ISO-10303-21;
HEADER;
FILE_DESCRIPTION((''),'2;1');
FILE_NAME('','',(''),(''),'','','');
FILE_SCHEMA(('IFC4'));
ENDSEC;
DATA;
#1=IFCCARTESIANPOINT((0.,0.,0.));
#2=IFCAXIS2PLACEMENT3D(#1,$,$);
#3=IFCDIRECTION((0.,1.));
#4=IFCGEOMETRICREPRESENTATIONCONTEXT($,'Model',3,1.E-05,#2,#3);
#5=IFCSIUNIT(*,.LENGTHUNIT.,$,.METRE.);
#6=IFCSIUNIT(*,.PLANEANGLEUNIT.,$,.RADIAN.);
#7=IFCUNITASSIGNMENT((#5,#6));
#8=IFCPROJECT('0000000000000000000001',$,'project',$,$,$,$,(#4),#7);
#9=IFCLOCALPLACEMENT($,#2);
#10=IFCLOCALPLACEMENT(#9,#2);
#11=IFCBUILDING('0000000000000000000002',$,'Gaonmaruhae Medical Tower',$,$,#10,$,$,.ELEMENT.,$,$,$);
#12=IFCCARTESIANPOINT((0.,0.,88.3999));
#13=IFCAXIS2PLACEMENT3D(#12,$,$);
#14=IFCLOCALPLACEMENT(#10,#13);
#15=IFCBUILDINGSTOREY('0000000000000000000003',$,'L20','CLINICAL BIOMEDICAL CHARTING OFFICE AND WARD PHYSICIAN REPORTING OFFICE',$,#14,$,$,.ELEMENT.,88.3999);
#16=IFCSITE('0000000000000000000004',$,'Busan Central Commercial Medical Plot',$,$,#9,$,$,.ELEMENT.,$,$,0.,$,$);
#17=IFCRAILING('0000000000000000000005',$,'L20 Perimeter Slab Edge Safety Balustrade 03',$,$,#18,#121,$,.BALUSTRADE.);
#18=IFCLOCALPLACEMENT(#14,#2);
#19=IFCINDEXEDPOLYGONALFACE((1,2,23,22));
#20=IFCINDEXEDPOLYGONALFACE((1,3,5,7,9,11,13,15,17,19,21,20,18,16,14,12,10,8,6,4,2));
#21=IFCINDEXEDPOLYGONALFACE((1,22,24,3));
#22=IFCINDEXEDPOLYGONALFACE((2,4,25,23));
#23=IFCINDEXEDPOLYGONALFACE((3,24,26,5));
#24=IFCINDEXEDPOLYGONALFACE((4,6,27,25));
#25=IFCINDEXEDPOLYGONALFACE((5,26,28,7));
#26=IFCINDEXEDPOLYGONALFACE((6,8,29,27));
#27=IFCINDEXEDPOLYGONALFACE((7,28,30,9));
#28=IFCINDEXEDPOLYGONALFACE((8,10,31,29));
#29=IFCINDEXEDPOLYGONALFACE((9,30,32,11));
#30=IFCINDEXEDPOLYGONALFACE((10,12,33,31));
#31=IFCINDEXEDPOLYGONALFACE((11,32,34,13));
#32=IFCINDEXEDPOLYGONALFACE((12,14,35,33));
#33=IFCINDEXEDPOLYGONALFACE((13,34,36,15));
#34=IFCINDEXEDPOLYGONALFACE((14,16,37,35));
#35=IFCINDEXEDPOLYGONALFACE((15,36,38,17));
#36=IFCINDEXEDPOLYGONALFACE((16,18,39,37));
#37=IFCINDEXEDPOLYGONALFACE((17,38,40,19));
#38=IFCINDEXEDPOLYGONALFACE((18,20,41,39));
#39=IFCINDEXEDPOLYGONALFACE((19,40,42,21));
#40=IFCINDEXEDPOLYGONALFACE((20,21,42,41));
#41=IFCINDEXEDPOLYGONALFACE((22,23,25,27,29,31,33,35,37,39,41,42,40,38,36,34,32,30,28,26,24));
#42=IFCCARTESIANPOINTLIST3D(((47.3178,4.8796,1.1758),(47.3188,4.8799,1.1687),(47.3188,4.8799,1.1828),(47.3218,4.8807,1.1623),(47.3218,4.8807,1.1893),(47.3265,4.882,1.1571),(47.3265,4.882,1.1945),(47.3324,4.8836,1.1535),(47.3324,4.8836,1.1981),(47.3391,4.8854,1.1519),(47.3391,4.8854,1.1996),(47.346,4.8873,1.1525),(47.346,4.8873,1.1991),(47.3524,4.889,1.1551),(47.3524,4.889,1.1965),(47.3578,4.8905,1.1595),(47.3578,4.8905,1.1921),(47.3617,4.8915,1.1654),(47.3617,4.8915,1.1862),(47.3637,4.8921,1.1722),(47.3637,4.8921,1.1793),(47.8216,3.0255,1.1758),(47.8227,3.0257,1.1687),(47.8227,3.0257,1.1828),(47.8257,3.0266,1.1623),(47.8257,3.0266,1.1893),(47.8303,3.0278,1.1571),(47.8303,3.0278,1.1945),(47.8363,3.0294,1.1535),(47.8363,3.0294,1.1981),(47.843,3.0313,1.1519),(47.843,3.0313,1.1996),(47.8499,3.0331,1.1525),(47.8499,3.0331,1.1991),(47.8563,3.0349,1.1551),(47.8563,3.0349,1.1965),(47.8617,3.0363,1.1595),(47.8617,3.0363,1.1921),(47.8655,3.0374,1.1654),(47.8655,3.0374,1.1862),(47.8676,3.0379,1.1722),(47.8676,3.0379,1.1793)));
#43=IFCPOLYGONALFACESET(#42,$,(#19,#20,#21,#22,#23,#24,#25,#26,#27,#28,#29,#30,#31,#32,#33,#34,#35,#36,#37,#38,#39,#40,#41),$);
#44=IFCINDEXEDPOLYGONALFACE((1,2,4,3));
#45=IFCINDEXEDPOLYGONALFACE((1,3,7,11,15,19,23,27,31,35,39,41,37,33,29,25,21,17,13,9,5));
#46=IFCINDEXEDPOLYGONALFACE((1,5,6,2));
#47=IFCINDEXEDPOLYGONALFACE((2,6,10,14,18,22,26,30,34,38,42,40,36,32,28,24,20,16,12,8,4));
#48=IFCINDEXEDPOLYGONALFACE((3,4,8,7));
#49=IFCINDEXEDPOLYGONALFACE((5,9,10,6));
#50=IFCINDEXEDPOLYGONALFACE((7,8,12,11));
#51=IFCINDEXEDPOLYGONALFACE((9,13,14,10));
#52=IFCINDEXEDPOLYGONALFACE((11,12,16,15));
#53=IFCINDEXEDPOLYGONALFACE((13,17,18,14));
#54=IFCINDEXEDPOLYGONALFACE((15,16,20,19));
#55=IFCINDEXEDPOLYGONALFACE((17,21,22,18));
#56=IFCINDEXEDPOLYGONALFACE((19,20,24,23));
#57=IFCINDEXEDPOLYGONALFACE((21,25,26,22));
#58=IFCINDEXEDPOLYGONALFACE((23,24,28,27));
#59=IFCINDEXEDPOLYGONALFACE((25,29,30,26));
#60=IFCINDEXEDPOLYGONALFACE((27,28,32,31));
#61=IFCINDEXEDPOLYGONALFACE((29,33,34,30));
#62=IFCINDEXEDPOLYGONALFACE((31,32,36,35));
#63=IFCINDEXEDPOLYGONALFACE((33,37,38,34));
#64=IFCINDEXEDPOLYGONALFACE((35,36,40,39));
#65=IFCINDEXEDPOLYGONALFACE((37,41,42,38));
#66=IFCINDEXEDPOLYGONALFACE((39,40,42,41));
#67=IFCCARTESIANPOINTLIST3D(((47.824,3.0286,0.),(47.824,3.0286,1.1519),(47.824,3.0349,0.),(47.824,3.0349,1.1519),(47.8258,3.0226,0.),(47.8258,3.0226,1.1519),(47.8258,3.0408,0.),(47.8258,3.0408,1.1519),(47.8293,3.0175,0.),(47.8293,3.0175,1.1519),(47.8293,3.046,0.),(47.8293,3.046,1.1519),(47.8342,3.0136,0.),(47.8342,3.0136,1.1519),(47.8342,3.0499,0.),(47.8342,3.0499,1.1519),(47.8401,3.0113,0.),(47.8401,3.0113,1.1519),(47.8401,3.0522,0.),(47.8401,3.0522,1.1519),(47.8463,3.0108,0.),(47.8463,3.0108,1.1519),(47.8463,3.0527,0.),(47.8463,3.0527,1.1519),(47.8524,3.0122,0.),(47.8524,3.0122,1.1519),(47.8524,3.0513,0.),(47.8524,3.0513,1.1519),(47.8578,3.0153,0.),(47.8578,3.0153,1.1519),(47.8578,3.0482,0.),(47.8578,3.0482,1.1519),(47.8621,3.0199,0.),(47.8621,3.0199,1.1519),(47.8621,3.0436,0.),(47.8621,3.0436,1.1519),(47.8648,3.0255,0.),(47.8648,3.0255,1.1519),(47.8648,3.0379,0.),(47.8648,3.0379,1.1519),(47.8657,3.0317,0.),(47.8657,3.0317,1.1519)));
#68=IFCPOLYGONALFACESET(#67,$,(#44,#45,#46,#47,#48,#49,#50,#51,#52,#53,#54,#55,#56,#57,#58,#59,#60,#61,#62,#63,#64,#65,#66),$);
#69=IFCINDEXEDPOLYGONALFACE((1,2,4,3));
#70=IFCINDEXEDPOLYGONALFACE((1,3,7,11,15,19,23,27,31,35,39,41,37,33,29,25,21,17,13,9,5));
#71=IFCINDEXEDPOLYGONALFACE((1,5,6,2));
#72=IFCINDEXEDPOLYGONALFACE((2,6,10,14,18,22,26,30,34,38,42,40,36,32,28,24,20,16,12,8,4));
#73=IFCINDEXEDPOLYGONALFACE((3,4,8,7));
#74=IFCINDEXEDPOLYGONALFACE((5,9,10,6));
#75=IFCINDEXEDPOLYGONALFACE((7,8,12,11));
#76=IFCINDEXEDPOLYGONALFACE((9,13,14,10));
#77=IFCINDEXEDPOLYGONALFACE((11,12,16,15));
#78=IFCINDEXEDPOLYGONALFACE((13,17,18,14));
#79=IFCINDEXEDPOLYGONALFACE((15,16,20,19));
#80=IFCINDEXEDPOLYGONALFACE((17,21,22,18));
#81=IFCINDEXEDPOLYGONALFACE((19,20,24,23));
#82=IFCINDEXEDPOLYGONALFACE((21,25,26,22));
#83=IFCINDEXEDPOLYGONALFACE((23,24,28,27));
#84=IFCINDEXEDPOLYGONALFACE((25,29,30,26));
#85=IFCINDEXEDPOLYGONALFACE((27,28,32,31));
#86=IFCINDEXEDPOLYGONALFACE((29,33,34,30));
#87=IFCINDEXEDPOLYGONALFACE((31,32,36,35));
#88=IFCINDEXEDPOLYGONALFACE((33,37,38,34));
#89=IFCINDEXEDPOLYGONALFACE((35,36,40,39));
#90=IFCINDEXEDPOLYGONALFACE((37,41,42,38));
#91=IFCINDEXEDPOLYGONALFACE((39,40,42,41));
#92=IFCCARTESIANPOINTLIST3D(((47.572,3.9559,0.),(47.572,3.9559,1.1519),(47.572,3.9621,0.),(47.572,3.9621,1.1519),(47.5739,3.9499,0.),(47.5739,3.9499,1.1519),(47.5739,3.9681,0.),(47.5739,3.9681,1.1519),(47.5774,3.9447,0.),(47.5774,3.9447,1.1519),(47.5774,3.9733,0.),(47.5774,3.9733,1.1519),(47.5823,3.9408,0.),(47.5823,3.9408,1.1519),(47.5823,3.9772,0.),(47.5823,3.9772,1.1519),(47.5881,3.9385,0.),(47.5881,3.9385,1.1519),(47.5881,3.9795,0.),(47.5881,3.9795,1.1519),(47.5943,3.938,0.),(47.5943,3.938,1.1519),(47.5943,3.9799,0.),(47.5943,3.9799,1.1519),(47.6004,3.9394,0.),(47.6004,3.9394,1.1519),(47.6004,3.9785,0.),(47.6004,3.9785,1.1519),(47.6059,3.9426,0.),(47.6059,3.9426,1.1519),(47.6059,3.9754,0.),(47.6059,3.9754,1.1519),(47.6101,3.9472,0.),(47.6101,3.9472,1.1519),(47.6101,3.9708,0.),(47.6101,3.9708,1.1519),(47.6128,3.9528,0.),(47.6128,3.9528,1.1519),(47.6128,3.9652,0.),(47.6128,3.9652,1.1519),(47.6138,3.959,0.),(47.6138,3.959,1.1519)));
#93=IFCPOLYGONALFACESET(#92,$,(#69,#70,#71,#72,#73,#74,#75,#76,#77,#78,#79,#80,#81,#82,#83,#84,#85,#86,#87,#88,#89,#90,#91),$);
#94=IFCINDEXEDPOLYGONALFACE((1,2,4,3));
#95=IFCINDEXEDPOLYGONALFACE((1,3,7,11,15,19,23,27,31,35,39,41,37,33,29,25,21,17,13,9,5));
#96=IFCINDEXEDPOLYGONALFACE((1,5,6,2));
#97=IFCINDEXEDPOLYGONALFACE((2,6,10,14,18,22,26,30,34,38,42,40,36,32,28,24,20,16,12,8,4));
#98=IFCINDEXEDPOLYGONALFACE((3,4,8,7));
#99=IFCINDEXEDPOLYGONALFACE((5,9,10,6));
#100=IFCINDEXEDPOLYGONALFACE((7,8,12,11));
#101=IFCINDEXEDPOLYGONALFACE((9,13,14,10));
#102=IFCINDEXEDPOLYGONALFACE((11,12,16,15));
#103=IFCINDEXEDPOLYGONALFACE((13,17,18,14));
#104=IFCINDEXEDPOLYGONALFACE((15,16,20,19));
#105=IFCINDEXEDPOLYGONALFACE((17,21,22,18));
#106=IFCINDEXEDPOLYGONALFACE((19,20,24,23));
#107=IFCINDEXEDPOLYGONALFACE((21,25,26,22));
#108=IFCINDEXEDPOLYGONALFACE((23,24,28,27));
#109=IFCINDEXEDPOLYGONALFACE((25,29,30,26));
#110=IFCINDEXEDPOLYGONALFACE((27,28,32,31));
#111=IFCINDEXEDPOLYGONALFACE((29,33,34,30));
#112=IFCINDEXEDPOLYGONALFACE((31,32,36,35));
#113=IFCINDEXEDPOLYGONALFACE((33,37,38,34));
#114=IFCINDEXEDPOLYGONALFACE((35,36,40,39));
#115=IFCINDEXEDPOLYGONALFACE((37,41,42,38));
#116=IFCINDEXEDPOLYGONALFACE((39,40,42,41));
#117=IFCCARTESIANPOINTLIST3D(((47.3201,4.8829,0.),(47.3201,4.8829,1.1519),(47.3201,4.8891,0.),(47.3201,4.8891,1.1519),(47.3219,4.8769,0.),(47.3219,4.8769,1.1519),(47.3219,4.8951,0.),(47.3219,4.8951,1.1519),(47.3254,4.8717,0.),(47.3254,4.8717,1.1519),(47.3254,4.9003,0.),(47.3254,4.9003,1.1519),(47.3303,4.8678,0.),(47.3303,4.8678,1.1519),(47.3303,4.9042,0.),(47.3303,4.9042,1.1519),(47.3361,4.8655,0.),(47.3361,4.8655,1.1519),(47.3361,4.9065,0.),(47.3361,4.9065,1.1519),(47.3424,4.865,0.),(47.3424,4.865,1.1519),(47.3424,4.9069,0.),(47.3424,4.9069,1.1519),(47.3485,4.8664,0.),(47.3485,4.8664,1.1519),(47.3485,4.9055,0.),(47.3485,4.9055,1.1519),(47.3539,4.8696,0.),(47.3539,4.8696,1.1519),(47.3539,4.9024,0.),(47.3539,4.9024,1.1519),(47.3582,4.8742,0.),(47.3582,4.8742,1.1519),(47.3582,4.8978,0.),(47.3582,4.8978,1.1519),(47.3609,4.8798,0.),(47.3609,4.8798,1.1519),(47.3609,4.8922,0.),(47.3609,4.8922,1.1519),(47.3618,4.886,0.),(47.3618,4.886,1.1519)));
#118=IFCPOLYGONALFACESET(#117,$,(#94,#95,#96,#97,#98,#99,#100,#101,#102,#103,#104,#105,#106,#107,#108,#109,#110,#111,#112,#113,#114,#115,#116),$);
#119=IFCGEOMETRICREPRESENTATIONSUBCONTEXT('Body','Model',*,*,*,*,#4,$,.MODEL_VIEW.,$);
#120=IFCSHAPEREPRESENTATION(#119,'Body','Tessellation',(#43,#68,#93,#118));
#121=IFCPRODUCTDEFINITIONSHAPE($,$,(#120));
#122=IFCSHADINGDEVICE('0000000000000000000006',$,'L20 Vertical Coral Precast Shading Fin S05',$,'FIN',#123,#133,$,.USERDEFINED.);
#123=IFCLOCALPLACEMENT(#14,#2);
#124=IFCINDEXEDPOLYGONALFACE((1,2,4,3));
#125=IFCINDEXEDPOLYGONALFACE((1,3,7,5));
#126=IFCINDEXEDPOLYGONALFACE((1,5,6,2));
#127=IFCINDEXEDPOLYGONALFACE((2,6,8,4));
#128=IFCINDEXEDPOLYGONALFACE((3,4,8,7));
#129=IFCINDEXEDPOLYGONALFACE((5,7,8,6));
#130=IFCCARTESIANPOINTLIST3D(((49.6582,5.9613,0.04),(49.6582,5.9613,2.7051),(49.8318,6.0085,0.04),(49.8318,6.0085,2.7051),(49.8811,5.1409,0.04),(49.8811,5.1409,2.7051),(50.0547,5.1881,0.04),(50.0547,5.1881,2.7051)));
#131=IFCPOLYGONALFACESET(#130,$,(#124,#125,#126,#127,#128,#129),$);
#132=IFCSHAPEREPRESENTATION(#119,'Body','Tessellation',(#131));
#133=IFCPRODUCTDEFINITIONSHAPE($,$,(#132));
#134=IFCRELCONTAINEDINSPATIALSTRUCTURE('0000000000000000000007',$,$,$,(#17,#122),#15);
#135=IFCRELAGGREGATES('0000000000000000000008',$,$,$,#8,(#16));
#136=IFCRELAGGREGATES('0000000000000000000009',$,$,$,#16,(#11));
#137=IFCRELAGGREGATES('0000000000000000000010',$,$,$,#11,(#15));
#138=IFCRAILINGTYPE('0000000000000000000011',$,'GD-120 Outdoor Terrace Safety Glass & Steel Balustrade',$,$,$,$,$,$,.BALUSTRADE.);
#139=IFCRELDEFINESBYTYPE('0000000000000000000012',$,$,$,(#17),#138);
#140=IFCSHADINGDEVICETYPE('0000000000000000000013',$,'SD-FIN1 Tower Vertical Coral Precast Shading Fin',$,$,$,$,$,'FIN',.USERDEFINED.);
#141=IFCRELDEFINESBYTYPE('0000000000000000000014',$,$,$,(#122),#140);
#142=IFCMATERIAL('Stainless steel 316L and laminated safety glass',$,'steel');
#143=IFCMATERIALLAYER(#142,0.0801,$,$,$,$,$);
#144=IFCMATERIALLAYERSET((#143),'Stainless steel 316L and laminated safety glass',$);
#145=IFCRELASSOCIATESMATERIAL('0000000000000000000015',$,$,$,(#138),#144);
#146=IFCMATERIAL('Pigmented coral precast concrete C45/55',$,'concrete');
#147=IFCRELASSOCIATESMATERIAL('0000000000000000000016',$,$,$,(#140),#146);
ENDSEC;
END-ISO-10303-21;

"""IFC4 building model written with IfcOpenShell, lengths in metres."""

from ifc_helpers import new_model, si_unit, direction, frame, origin, origin_2d, place, context, subcontext, project, spatial, rectangle, circle, extrude, material, layer, layer_set, type_object, element, save


model = new_model("IFC4")

# Units and contexts
model_context = context("Model", 3, precision=1e-05, world=origin(), true_north=direction((0.0, 1.0)))
body_context = subcontext(model_context, "Body", "Model", "MODEL_VIEW")
ifc_project = project(units=[si_unit("LENGTHUNIT", "METRE"), si_unit("PLANEANGLEUNIT", "RADIAN")], contexts=[model_context])

# Site, building, storey
site_placement = place(None, origin())
site = spatial("IfcSite", under=ifc_project, at=site_placement, Name="Busan Central Commercial Medical Plot", CompositionType="ELEMENT", RefElevation=0.0)
building_placement = place(site_placement, origin())
building = spatial("IfcBuilding", under=site, at=building_placement, Name="Gaonmaruhae Medical Tower", CompositionType="ELEMENT")
storey_placement = place(building_placement, frame((0.0, 0.0, 88.3999)))
storey = spatial("IfcBuildingStorey", under=building, at=storey_placement, Name="L20", Description="CLINICAL BIOMEDICAL CHARTING OFFICE AND WARD PHYSICIAN REPORTING OFFICE", CompositionType="ELEMENT", Elevation=88.3999)

# Railing
ifc_material_1 = material(Name="Stainless steel 316L and laminated safety glass", Category="steel")
ifc_layer_1 = layer(ifc_material_1, 0.0801)
ifc_layer_set_1 = layer_set([ifc_layer_1], Name="Stainless steel 316L and laminated safety glass")
railing_type_1 = type_object("IfcRailingType", Name="GD-120 Outdoor Terrace Safety Glass & Steel Balustrade", PredefinedType="BALUSTRADE", material=ifc_layer_set_1)
railing_1_placement = place(storey_placement, frame((47.8447, 3.0317, 0.0)))
element("IfcRailing", 1, at=railing_1_placement, inside=storey, type_object=railing_type_1, Name="L20 Perimeter Slab Edge Safety Balustrade 03", PredefinedType="BALUSTRADE", context=body_context, shape_type="SweptSolid", body=[
    extrude(circle(Radius=0.0239, at=origin_2d()), frame((0.0, 0.0, 1.1758), z_axis=(-0.262246, 0.965001, 0.0), x_axis=(-0.965001, -0.262246, 0.0)), (0.0, 0.0, 1.0), 1.9214),
    extrude(circle(Radius=0.021, at=origin_2d()), origin(), (0.0, 0.0, 1.0), 1.1519),
    extrude(circle(Radius=0.021, at=origin_2d()), frame((-0.252, 0.9272, 0.0)), (0.0, 0.0, 1.0), 1.1519),
    extrude(circle(Radius=0.021, at=origin_2d()), frame((-0.5039, 1.8542, 0.0)), (0.0, 0.0, 1.0), 1.1519),
])

# Shading device
ifc_material_2 = material(Name="Pigmented coral precast concrete C45/55", Category="concrete")
shading_device_type = type_object("IfcShadingDeviceType", Name="SD-FIN1 Tower Vertical Coral Precast Shading Fin", ElementType="FIN", PredefinedType="USERDEFINED", material=ifc_material_2)
shading_device_placement = place(storey_placement, frame((49.8564, 5.5747, 0.04), z_axis=(0.0, 0.0, 1.0), x_axis=(-0.965012, -0.262206, 0.0)))
element("IfcShadingDevice", 2, at=shading_device_placement, inside=storey, type_object=shading_device_type, Name="L20 Vertical Coral Precast Shading Fin S05", ObjectType="FIN", PredefinedType="USERDEFINED", context=body_context, shape_type="SweptSolid", body=[
    extrude(rectangle(XDim=0.1799, YDim=0.8501, at=origin_2d()), origin(), (0.0, 0.0, 1.0), 2.665),
])

save(model, "model.ifc")
